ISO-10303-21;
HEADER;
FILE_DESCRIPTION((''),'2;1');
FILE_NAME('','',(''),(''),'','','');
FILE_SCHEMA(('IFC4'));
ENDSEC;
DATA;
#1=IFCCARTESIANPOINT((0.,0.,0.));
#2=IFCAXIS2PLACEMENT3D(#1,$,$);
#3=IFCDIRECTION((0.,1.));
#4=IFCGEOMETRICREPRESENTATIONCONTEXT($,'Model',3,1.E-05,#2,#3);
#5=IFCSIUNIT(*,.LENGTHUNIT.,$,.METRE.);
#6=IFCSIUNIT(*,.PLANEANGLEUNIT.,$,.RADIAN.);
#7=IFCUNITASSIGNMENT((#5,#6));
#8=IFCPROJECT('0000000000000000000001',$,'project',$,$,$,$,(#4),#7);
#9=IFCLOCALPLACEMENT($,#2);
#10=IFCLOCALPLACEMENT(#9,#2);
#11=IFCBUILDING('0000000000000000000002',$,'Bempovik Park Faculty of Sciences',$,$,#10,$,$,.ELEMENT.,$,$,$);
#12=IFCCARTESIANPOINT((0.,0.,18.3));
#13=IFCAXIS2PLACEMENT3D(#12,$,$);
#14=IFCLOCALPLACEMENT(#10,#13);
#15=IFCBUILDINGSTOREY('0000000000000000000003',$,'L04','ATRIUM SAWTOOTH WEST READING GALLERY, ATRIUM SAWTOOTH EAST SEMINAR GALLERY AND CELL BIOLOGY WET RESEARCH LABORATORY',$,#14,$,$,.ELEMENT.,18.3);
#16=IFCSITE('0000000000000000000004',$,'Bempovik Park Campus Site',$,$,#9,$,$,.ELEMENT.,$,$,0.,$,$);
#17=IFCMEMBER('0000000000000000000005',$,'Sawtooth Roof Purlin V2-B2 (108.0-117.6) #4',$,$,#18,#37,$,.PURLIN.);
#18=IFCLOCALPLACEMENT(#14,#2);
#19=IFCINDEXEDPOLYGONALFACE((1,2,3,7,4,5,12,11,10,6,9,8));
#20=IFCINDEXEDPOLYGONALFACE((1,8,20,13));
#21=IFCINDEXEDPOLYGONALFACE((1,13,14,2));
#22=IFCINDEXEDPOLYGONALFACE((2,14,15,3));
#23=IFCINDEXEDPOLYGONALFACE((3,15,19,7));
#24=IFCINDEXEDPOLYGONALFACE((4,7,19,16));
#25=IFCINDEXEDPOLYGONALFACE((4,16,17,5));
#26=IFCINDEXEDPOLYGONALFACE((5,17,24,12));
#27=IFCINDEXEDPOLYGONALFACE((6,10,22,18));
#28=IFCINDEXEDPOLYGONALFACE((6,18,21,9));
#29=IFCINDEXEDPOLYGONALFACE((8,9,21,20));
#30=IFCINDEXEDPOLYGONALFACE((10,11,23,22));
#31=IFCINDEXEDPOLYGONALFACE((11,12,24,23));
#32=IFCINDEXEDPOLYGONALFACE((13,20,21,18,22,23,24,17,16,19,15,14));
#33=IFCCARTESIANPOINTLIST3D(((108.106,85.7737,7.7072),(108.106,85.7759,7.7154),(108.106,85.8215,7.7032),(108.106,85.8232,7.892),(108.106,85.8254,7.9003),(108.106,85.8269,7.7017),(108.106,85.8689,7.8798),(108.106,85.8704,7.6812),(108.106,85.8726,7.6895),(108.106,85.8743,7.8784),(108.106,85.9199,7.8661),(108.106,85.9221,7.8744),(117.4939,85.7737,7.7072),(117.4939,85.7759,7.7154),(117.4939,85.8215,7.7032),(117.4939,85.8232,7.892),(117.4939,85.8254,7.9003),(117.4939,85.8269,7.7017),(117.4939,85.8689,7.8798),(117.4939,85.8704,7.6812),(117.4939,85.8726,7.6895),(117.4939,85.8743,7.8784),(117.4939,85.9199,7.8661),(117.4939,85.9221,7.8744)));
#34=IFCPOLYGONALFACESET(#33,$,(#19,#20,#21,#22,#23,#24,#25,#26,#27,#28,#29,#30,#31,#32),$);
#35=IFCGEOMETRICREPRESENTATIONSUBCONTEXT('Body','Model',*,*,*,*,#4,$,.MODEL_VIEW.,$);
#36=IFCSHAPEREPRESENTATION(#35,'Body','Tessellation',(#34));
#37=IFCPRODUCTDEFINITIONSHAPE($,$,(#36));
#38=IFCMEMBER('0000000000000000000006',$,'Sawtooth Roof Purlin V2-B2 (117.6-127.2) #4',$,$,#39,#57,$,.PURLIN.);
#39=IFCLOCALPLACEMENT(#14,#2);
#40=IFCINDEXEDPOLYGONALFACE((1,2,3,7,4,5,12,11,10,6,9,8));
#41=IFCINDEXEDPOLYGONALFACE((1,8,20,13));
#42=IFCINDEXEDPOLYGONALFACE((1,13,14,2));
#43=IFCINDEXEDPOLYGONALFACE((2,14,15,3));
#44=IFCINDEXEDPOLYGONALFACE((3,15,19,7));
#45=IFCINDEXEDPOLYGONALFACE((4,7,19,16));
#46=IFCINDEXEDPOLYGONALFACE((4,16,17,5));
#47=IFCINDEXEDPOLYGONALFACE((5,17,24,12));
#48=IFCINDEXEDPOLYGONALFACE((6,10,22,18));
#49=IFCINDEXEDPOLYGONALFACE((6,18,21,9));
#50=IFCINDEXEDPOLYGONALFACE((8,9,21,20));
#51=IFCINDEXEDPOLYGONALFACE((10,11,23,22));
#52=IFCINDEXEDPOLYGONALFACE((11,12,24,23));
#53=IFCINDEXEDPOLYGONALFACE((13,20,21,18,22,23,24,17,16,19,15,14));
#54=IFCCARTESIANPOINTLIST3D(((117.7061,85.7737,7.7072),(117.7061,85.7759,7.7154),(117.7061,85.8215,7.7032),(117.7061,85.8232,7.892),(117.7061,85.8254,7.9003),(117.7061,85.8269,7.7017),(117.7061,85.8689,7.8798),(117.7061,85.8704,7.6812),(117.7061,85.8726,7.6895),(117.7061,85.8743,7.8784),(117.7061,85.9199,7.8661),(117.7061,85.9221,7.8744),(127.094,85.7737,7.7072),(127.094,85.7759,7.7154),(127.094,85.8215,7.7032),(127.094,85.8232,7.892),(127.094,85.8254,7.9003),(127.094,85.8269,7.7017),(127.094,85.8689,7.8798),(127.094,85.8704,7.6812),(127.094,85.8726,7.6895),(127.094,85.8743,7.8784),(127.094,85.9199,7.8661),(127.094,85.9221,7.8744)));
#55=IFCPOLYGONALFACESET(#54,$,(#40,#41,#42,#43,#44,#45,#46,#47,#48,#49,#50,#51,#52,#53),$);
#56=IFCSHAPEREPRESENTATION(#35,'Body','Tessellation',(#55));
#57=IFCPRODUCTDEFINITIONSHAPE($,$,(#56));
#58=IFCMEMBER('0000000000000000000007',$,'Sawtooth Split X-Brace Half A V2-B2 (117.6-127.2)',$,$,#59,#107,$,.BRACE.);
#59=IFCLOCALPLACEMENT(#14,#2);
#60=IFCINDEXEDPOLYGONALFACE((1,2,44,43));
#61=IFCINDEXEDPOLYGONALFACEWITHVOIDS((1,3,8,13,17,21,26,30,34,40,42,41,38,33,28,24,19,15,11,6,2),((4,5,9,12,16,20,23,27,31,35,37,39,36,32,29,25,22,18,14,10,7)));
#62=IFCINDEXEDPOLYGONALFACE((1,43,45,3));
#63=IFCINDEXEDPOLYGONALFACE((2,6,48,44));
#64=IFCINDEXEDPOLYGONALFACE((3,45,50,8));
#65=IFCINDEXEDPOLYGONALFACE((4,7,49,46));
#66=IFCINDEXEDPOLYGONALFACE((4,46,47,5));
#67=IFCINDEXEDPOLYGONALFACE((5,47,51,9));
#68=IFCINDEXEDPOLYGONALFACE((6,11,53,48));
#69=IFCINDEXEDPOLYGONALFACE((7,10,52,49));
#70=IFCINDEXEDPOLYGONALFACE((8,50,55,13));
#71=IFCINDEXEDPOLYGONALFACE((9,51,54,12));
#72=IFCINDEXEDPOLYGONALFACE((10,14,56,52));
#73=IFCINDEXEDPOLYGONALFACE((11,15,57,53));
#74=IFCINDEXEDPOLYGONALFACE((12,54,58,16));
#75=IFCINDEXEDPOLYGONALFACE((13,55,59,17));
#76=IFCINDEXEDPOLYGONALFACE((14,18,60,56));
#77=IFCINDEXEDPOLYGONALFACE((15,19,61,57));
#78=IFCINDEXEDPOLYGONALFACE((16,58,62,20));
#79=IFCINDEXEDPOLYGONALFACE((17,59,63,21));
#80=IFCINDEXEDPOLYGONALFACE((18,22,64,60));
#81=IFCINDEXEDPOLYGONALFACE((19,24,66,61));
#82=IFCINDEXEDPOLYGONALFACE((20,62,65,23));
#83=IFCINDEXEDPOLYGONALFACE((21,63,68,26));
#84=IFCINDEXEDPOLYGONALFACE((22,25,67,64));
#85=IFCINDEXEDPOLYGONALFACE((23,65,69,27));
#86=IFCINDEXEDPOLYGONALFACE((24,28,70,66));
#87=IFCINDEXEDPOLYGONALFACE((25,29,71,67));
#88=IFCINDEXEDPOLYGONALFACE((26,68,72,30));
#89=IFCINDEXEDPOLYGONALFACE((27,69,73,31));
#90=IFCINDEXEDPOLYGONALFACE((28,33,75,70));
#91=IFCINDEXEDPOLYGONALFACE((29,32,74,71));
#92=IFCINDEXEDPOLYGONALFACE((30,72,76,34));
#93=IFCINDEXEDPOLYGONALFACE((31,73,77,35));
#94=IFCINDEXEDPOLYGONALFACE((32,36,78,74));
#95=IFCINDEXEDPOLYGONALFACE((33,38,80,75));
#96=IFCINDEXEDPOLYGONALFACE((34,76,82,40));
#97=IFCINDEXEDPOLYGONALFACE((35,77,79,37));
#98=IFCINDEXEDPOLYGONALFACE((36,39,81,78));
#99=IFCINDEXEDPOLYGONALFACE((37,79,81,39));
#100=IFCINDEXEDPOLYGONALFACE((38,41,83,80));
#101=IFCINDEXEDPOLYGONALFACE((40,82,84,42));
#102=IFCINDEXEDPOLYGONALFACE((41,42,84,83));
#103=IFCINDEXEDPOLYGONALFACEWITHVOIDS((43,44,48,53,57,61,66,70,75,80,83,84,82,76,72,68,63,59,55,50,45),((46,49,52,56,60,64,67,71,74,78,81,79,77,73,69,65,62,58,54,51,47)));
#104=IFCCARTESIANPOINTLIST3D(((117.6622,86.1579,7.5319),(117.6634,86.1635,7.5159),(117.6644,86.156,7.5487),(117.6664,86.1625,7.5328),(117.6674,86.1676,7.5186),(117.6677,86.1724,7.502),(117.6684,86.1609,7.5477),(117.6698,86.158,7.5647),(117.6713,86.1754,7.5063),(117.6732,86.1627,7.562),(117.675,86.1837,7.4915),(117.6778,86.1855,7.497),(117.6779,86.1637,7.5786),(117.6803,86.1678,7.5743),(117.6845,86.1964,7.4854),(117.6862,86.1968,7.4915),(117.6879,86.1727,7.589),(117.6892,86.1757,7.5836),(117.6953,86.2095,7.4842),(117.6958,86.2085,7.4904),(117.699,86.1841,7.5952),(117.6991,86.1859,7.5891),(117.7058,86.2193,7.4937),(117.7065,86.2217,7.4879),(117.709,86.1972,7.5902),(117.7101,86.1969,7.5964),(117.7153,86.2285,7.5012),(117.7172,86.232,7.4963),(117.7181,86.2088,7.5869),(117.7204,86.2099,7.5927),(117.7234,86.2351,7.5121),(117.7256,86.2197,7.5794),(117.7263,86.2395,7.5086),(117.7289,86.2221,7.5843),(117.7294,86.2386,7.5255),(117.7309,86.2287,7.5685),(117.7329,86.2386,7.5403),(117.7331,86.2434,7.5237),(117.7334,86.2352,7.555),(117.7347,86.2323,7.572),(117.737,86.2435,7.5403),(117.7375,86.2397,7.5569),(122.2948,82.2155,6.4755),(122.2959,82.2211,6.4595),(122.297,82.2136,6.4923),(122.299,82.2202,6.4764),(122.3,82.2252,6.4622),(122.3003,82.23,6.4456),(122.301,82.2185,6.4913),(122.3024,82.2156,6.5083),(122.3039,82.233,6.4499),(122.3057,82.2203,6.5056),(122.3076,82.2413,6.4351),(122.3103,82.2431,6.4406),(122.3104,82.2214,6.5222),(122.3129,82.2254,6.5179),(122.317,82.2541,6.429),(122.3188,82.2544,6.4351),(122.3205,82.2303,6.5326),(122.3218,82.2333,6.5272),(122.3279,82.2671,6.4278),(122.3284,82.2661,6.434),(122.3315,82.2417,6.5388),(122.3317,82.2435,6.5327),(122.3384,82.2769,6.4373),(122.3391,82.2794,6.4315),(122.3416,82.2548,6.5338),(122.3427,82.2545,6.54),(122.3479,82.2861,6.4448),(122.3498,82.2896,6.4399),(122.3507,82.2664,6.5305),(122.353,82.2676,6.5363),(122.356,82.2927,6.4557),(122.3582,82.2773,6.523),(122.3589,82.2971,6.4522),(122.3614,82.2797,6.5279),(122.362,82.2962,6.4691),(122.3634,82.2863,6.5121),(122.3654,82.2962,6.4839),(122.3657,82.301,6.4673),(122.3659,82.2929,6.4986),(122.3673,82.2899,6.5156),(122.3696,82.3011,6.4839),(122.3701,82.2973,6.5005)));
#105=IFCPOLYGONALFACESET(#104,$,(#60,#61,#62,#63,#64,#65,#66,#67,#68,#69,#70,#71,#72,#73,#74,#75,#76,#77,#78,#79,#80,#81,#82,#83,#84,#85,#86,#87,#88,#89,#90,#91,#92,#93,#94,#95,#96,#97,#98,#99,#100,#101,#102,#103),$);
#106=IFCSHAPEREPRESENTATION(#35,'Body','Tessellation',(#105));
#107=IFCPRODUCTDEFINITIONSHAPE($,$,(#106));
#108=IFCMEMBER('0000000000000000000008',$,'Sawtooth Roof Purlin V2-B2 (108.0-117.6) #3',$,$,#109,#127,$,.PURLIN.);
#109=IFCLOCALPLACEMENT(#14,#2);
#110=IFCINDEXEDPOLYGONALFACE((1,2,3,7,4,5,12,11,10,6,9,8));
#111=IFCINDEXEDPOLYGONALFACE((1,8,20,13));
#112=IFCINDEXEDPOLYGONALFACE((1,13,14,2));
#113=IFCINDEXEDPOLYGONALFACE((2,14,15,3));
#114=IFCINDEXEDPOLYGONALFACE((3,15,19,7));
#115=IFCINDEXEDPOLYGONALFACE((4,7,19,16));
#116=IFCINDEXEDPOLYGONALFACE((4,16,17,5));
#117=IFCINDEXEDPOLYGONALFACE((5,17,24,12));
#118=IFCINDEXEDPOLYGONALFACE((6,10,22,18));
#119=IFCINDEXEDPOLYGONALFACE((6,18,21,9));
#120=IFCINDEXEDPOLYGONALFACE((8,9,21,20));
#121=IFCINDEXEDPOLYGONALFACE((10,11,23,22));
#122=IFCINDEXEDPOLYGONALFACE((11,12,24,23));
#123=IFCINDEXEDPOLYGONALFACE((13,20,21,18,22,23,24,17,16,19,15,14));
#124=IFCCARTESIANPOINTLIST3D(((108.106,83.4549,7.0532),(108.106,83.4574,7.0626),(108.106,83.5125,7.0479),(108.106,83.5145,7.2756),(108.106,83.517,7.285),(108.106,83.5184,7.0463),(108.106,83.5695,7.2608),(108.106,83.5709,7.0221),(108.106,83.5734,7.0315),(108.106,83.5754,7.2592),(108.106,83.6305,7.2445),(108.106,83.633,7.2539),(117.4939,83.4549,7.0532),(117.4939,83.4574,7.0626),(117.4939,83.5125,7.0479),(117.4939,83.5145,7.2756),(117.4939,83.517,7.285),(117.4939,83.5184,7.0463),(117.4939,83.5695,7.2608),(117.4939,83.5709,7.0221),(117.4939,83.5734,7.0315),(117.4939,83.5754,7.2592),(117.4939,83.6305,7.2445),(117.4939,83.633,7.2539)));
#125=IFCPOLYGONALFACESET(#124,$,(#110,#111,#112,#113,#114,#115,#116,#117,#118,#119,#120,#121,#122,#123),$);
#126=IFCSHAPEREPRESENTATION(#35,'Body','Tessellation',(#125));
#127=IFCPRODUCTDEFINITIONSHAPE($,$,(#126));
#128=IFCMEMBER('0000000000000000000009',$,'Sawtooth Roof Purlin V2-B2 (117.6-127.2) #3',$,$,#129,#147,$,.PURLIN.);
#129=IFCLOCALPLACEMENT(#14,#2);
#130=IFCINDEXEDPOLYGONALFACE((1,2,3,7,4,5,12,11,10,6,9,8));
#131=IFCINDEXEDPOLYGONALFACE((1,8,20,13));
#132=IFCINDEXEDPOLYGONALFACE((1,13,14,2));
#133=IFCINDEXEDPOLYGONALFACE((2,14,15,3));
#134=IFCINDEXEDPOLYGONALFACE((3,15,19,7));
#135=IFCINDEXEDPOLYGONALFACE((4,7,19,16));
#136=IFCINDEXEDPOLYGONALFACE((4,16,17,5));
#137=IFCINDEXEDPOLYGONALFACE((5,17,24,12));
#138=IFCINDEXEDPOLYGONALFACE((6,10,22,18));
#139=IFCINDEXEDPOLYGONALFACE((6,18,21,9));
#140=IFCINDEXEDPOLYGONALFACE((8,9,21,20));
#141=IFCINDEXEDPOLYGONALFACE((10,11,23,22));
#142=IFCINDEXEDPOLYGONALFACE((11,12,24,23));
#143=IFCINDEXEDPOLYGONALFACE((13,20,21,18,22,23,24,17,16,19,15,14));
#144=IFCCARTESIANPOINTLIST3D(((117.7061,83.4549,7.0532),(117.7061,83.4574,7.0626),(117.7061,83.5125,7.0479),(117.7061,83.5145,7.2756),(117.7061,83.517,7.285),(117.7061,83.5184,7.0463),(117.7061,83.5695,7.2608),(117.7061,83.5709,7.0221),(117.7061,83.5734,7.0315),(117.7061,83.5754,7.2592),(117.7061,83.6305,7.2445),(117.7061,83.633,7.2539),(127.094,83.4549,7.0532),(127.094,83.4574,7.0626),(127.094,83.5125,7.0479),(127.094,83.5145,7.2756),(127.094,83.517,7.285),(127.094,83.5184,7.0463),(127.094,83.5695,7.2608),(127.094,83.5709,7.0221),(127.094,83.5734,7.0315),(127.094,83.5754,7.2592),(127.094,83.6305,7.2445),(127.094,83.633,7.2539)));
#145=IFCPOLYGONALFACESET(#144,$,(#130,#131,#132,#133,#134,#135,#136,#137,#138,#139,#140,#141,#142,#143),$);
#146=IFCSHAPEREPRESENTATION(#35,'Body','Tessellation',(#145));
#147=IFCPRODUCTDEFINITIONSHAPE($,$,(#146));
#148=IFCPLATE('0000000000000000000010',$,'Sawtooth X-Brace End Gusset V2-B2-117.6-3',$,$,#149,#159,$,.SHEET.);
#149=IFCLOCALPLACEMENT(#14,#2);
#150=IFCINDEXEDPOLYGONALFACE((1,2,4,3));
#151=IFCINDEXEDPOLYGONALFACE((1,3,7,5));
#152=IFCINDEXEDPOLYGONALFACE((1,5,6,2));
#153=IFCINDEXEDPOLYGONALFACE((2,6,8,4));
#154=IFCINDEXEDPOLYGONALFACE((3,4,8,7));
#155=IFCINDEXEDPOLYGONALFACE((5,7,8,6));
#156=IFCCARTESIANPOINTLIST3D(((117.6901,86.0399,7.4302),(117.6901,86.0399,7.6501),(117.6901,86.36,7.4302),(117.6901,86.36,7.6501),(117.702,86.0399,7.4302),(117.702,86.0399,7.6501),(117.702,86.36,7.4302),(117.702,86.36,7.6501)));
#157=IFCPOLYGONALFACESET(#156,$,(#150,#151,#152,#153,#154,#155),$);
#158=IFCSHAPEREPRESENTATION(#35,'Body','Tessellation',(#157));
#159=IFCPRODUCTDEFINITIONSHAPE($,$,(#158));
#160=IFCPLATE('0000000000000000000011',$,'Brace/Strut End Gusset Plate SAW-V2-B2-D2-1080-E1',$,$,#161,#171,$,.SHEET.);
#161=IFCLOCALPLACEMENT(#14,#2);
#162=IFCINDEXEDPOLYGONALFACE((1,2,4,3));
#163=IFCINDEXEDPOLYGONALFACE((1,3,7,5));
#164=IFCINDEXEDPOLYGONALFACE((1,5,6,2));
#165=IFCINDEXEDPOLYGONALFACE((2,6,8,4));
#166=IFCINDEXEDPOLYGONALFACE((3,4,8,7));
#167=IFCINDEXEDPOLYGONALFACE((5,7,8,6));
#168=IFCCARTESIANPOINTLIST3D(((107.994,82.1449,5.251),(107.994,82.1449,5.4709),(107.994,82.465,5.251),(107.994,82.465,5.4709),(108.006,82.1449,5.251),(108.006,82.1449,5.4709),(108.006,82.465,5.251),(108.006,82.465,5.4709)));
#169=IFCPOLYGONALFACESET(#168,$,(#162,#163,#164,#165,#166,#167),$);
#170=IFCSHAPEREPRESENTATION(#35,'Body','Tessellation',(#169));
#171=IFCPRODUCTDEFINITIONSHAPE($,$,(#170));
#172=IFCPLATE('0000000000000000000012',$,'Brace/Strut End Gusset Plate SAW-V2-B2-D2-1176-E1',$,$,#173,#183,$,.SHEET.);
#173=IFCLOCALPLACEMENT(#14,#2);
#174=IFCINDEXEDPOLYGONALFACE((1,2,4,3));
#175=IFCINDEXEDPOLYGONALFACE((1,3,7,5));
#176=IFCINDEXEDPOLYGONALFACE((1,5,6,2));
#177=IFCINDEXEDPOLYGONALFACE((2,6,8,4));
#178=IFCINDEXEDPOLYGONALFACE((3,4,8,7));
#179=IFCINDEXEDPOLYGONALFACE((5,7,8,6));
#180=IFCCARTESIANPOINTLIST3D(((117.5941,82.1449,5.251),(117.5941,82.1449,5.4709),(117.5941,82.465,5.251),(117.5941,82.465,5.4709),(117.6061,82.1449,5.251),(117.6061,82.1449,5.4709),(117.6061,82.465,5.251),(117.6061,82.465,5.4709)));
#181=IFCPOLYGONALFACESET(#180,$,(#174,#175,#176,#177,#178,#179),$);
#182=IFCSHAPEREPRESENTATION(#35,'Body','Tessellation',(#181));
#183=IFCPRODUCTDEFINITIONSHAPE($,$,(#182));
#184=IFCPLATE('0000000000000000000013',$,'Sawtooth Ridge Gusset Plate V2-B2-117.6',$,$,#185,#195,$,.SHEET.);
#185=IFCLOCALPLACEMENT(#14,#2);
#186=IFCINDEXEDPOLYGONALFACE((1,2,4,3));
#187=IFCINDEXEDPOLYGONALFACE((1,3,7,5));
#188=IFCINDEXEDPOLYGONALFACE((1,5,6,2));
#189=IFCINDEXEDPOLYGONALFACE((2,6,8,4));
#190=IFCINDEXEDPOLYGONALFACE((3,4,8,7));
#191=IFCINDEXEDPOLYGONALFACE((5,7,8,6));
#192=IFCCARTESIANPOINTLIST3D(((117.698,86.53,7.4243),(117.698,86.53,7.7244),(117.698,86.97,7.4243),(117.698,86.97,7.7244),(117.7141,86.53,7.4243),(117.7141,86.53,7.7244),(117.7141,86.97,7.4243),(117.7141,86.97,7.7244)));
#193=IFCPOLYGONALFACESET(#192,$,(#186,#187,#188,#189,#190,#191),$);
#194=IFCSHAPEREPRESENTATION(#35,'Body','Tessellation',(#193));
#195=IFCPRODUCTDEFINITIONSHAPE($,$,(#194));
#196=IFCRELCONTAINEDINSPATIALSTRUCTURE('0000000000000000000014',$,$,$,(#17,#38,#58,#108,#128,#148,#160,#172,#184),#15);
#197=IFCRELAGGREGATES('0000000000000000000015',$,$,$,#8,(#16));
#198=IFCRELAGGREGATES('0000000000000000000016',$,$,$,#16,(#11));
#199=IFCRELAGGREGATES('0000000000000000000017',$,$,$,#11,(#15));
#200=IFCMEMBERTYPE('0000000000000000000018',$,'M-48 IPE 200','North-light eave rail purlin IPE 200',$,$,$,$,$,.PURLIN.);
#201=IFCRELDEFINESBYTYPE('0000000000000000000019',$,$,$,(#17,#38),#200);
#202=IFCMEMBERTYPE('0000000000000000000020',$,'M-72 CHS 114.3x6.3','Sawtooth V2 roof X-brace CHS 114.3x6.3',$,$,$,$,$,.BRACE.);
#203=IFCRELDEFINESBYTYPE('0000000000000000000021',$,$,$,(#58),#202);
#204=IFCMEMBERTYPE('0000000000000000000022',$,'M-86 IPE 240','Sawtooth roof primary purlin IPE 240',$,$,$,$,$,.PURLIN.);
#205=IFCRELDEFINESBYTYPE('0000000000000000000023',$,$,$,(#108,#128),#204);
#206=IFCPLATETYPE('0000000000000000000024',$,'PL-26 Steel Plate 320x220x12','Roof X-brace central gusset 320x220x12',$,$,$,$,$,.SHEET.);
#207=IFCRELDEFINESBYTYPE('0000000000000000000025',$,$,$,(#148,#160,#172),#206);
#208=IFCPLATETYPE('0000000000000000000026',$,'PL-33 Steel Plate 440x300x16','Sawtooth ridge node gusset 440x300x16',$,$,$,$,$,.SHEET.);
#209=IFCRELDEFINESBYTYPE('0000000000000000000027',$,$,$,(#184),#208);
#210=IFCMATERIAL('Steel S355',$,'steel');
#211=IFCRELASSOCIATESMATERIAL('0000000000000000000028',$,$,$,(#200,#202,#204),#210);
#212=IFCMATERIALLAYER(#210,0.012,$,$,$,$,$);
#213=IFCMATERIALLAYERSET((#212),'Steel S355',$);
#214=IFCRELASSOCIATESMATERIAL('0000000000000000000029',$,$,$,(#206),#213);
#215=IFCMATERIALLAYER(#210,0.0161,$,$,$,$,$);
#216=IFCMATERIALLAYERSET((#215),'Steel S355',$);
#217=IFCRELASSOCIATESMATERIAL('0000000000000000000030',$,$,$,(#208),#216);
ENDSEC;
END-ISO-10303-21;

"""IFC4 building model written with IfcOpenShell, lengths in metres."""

from ifc_helpers import new_model, si_unit, direction, frame, origin, origin_2d, place, context, subcontext, project, spatial, rectangle, hollow_circle, i_section, extrude, material, layer, layer_set, material_profile, profile_set, type_object, element, save


model = new_model("IFC4")

# Units and contexts
model_context = context("Model", 3, precision=1e-05, world=origin(), true_north=direction((0.0, 1.0)))
body_context = subcontext(model_context, "Body", "Model", "MODEL_VIEW")
ifc_project = project(units=[si_unit("LENGTHUNIT", "METRE"), si_unit("PLANEANGLEUNIT", "RADIAN")], contexts=[model_context])

# Site, building, storey
site_placement = place(None, origin())
site = spatial("IfcSite", under=ifc_project, at=site_placement, Name="Bempovik Park Campus Site", CompositionType="ELEMENT", RefElevation=0.0)
building_placement = place(site_placement, origin())
building = spatial("IfcBuilding", under=site, at=building_placement, Name="Bempovik Park Faculty of Sciences", CompositionType="ELEMENT")
storey_placement = place(building_placement, frame((0.0, 0.0, 18.3)))
storey = spatial("IfcBuildingStorey", under=building, at=storey_placement, Name="L04", Description="ATRIUM SAWTOOTH WEST READING GALLERY, ATRIUM SAWTOOTH EAST SEMINAR GALLERY AND CELL BIOLOGY WET RESEARCH LABORATORY", CompositionType="ELEMENT", Elevation=18.3)

# Members
ifc_material_1 = material(Name="Steel S355", Category="steel")
ifc_material_profile_1 = material_profile(ifc_material_1, i_section(OverallWidth=0.1001, OverallDepth=0.2, WebThickness=0.0056, FlangeThickness=0.0085, at=origin_2d()), Name="IPE 200")
ifc_profile_set_1 = profile_set([ifc_material_profile_1], Name="Steel S355")
member_type_1 = type_object("IfcMemberType", Name="M-48 IPE 200", Description="North-light eave rail purlin IPE 200", PredefinedType="PURLIN", material=ifc_profile_set_1)
for number, where, z_axis, x_axis, name in (
    (1, (108.106, 85.8479, 7.7908), (1.0, 0.0, 0.0), (0.0, 0.965926, -0.258819), "Sawtooth Roof Purlin V2-B2 (108.0-117.6) #4"),
    (2, (117.7061, 85.8479, 7.7908), (1.0, 0.0, 0.0), (0.0, 0.965926, -0.258819), "Sawtooth Roof Purlin V2-B2 (117.6-127.2) #4"),
):
    element("IfcMember", number, at=place(storey_placement, frame(where, z_axis=z_axis, x_axis=x_axis)), inside=storey, type_object=member_type_1, Name=name, PredefinedType="PURLIN", context=body_context, shape_type="SweptSolid", body=[
        extrude(i_section(OverallWidth=0.1001, OverallDepth=0.2, WebThickness=0.0056, FlangeThickness=0.0085, at=origin_2d()), origin(), (0.0, 0.0, 1.0), 9.3879),
    ])
ifc_material_profile_2 = material_profile(ifc_material_1, hollow_circle(Radius=0.0571, WallThickness=0.0063, at=origin_2d()), Name="CHS 114.3x6.3")
ifc_profile_set_2 = profile_set([ifc_material_profile_2], Name="Steel S355")
member_type_2 = type_object("IfcMemberType", Name="M-72 CHS 114.3x6.3", Description="Sawtooth V2 roof X-brace CHS 114.3x6.3", PredefinedType="BRACE", material=ifc_profile_set_2)
member_1_placement = place(storey_placement, frame((117.7, 86.2, 7.5403), z_axis=(0.750327, -0.63854, -0.171102), x_axis=(0.648097, 0.761558, 0.0)))
element("IfcMember", 3, at=member_1_placement, inside=storey, type_object=member_type_2, Name="Sawtooth Split X-Brace Half A V2-B2 (117.6-127.2)", PredefinedType="BRACE", context=body_context, shape_type="SweptSolid", body=[
    extrude(hollow_circle(Radius=0.0571, WallThickness=0.0063, at=origin_2d()), origin(), (0.0, 0.0, 1.0), 6.1741),
])
ifc_material_profile_3 = material_profile(ifc_material_1, i_section(OverallWidth=0.1201, OverallDepth=0.24, WebThickness=0.0061, FlangeThickness=0.0098, at=origin_2d()), Name="IPE 240")
ifc_profile_set_3 = profile_set([ifc_material_profile_3], Name="Steel S355")
member_type_3 = type_object("IfcMemberType", Name="M-86 IPE 240", Description="Sawtooth roof primary purlin IPE 240", PredefinedType="PURLIN", material=ifc_profile_set_3)
for number, where, z_axis, x_axis, name in (
    (4, (108.106, 83.5439, 7.1536), (1.0, 0.0, 0.0), (0.0, 0.965926, -0.258819), "Sawtooth Roof Purlin V2-B2 (108.0-117.6) #3"),
    (5, (117.7061, 83.5439, 7.1536), (1.0, 0.0, 0.0), (0.0, 0.965926, -0.258819), "Sawtooth Roof Purlin V2-B2 (117.6-127.2) #3"),
):
    element("IfcMember", number, at=place(storey_placement, frame(where, z_axis=z_axis, x_axis=x_axis)), inside=storey, type_object=member_type_3, Name=name, PredefinedType="PURLIN", context=body_context, shape_type="SweptSolid", body=[
        extrude(i_section(OverallWidth=0.1201, OverallDepth=0.24, WebThickness=0.0061, FlangeThickness=0.0098, at=origin_2d()), origin(), (0.0, 0.0, 1.0), 9.3879),
    ])

# Plates
ifc_layer_1 = layer(ifc_material_1, 0.012)
ifc_layer_set_1 = layer_set([ifc_layer_1], Name="Steel S355")
plate_type_1 = type_object("IfcPlateType", Name="PL-26 Steel Plate 320x220x12", Description="Roof X-brace central gusset 320x220x12", PredefinedType="SHEET", material=ifc_layer_set_1)
for number, where, z_axis, x_axis, name in (
    (6, (117.696, 86.2, 7.4302), (0.0, 0.0, 1.0), (1.0, 0.0, 0.0), "Sawtooth X-Brace End Gusset V2-B2-117.6-3"),
    (7, (108.0, 82.3049, 5.251), (0.0, 0.0, 1.0), (1.0, 0.0, 0.0), "Brace/Strut End Gusset Plate SAW-V2-B2-D2-1080-E1"),
    (8, (117.6001, 82.3049, 5.251), (0.0, 0.0, 1.0), (1.0, 0.0, 0.0), "Brace/Strut End Gusset Plate SAW-V2-B2-D2-1176-E1"),
):
    element("IfcPlate", number, at=place(storey_placement, frame(where, z_axis=z_axis, x_axis=x_axis)), inside=storey, type_object=plate_type_1, Name=name, PredefinedType="SHEET", context=body_context, shape_type="SweptSolid", body=[
        extrude(rectangle(XDim=0.012, YDim=0.3201, at=origin_2d()), origin(), (0.0, 0.0, 1.0), 0.22),
    ])
ifc_layer_2 = layer(ifc_material_1, 0.0161)
ifc_layer_set_2 = layer_set([ifc_layer_2], Name="Steel S355")
plate_type_2 = type_object("IfcPlateType", Name="PL-33 Steel Plate 440x300x16", Description="Sawtooth ridge node gusset 440x300x16", PredefinedType="SHEET", material=ifc_layer_set_2)
plate_1_placement = place(storey_placement, frame((117.7061, 86.75, 7.4243), z_axis=(0.0, 0.0, 1.0), x_axis=(1.0, 0.0, 0.0)))
element("IfcPlate", 9, at=plate_1_placement, inside=storey, type_object=plate_type_2, Name="Sawtooth Ridge Gusset Plate V2-B2-117.6", PredefinedType="SHEET", context=body_context, shape_type="SweptSolid", body=[
    extrude(rectangle(XDim=0.0161, YDim=0.4399, at=origin_2d()), origin(), (0.0, 0.0, 1.0), 0.3),
])

save(model, "model.ifc")
